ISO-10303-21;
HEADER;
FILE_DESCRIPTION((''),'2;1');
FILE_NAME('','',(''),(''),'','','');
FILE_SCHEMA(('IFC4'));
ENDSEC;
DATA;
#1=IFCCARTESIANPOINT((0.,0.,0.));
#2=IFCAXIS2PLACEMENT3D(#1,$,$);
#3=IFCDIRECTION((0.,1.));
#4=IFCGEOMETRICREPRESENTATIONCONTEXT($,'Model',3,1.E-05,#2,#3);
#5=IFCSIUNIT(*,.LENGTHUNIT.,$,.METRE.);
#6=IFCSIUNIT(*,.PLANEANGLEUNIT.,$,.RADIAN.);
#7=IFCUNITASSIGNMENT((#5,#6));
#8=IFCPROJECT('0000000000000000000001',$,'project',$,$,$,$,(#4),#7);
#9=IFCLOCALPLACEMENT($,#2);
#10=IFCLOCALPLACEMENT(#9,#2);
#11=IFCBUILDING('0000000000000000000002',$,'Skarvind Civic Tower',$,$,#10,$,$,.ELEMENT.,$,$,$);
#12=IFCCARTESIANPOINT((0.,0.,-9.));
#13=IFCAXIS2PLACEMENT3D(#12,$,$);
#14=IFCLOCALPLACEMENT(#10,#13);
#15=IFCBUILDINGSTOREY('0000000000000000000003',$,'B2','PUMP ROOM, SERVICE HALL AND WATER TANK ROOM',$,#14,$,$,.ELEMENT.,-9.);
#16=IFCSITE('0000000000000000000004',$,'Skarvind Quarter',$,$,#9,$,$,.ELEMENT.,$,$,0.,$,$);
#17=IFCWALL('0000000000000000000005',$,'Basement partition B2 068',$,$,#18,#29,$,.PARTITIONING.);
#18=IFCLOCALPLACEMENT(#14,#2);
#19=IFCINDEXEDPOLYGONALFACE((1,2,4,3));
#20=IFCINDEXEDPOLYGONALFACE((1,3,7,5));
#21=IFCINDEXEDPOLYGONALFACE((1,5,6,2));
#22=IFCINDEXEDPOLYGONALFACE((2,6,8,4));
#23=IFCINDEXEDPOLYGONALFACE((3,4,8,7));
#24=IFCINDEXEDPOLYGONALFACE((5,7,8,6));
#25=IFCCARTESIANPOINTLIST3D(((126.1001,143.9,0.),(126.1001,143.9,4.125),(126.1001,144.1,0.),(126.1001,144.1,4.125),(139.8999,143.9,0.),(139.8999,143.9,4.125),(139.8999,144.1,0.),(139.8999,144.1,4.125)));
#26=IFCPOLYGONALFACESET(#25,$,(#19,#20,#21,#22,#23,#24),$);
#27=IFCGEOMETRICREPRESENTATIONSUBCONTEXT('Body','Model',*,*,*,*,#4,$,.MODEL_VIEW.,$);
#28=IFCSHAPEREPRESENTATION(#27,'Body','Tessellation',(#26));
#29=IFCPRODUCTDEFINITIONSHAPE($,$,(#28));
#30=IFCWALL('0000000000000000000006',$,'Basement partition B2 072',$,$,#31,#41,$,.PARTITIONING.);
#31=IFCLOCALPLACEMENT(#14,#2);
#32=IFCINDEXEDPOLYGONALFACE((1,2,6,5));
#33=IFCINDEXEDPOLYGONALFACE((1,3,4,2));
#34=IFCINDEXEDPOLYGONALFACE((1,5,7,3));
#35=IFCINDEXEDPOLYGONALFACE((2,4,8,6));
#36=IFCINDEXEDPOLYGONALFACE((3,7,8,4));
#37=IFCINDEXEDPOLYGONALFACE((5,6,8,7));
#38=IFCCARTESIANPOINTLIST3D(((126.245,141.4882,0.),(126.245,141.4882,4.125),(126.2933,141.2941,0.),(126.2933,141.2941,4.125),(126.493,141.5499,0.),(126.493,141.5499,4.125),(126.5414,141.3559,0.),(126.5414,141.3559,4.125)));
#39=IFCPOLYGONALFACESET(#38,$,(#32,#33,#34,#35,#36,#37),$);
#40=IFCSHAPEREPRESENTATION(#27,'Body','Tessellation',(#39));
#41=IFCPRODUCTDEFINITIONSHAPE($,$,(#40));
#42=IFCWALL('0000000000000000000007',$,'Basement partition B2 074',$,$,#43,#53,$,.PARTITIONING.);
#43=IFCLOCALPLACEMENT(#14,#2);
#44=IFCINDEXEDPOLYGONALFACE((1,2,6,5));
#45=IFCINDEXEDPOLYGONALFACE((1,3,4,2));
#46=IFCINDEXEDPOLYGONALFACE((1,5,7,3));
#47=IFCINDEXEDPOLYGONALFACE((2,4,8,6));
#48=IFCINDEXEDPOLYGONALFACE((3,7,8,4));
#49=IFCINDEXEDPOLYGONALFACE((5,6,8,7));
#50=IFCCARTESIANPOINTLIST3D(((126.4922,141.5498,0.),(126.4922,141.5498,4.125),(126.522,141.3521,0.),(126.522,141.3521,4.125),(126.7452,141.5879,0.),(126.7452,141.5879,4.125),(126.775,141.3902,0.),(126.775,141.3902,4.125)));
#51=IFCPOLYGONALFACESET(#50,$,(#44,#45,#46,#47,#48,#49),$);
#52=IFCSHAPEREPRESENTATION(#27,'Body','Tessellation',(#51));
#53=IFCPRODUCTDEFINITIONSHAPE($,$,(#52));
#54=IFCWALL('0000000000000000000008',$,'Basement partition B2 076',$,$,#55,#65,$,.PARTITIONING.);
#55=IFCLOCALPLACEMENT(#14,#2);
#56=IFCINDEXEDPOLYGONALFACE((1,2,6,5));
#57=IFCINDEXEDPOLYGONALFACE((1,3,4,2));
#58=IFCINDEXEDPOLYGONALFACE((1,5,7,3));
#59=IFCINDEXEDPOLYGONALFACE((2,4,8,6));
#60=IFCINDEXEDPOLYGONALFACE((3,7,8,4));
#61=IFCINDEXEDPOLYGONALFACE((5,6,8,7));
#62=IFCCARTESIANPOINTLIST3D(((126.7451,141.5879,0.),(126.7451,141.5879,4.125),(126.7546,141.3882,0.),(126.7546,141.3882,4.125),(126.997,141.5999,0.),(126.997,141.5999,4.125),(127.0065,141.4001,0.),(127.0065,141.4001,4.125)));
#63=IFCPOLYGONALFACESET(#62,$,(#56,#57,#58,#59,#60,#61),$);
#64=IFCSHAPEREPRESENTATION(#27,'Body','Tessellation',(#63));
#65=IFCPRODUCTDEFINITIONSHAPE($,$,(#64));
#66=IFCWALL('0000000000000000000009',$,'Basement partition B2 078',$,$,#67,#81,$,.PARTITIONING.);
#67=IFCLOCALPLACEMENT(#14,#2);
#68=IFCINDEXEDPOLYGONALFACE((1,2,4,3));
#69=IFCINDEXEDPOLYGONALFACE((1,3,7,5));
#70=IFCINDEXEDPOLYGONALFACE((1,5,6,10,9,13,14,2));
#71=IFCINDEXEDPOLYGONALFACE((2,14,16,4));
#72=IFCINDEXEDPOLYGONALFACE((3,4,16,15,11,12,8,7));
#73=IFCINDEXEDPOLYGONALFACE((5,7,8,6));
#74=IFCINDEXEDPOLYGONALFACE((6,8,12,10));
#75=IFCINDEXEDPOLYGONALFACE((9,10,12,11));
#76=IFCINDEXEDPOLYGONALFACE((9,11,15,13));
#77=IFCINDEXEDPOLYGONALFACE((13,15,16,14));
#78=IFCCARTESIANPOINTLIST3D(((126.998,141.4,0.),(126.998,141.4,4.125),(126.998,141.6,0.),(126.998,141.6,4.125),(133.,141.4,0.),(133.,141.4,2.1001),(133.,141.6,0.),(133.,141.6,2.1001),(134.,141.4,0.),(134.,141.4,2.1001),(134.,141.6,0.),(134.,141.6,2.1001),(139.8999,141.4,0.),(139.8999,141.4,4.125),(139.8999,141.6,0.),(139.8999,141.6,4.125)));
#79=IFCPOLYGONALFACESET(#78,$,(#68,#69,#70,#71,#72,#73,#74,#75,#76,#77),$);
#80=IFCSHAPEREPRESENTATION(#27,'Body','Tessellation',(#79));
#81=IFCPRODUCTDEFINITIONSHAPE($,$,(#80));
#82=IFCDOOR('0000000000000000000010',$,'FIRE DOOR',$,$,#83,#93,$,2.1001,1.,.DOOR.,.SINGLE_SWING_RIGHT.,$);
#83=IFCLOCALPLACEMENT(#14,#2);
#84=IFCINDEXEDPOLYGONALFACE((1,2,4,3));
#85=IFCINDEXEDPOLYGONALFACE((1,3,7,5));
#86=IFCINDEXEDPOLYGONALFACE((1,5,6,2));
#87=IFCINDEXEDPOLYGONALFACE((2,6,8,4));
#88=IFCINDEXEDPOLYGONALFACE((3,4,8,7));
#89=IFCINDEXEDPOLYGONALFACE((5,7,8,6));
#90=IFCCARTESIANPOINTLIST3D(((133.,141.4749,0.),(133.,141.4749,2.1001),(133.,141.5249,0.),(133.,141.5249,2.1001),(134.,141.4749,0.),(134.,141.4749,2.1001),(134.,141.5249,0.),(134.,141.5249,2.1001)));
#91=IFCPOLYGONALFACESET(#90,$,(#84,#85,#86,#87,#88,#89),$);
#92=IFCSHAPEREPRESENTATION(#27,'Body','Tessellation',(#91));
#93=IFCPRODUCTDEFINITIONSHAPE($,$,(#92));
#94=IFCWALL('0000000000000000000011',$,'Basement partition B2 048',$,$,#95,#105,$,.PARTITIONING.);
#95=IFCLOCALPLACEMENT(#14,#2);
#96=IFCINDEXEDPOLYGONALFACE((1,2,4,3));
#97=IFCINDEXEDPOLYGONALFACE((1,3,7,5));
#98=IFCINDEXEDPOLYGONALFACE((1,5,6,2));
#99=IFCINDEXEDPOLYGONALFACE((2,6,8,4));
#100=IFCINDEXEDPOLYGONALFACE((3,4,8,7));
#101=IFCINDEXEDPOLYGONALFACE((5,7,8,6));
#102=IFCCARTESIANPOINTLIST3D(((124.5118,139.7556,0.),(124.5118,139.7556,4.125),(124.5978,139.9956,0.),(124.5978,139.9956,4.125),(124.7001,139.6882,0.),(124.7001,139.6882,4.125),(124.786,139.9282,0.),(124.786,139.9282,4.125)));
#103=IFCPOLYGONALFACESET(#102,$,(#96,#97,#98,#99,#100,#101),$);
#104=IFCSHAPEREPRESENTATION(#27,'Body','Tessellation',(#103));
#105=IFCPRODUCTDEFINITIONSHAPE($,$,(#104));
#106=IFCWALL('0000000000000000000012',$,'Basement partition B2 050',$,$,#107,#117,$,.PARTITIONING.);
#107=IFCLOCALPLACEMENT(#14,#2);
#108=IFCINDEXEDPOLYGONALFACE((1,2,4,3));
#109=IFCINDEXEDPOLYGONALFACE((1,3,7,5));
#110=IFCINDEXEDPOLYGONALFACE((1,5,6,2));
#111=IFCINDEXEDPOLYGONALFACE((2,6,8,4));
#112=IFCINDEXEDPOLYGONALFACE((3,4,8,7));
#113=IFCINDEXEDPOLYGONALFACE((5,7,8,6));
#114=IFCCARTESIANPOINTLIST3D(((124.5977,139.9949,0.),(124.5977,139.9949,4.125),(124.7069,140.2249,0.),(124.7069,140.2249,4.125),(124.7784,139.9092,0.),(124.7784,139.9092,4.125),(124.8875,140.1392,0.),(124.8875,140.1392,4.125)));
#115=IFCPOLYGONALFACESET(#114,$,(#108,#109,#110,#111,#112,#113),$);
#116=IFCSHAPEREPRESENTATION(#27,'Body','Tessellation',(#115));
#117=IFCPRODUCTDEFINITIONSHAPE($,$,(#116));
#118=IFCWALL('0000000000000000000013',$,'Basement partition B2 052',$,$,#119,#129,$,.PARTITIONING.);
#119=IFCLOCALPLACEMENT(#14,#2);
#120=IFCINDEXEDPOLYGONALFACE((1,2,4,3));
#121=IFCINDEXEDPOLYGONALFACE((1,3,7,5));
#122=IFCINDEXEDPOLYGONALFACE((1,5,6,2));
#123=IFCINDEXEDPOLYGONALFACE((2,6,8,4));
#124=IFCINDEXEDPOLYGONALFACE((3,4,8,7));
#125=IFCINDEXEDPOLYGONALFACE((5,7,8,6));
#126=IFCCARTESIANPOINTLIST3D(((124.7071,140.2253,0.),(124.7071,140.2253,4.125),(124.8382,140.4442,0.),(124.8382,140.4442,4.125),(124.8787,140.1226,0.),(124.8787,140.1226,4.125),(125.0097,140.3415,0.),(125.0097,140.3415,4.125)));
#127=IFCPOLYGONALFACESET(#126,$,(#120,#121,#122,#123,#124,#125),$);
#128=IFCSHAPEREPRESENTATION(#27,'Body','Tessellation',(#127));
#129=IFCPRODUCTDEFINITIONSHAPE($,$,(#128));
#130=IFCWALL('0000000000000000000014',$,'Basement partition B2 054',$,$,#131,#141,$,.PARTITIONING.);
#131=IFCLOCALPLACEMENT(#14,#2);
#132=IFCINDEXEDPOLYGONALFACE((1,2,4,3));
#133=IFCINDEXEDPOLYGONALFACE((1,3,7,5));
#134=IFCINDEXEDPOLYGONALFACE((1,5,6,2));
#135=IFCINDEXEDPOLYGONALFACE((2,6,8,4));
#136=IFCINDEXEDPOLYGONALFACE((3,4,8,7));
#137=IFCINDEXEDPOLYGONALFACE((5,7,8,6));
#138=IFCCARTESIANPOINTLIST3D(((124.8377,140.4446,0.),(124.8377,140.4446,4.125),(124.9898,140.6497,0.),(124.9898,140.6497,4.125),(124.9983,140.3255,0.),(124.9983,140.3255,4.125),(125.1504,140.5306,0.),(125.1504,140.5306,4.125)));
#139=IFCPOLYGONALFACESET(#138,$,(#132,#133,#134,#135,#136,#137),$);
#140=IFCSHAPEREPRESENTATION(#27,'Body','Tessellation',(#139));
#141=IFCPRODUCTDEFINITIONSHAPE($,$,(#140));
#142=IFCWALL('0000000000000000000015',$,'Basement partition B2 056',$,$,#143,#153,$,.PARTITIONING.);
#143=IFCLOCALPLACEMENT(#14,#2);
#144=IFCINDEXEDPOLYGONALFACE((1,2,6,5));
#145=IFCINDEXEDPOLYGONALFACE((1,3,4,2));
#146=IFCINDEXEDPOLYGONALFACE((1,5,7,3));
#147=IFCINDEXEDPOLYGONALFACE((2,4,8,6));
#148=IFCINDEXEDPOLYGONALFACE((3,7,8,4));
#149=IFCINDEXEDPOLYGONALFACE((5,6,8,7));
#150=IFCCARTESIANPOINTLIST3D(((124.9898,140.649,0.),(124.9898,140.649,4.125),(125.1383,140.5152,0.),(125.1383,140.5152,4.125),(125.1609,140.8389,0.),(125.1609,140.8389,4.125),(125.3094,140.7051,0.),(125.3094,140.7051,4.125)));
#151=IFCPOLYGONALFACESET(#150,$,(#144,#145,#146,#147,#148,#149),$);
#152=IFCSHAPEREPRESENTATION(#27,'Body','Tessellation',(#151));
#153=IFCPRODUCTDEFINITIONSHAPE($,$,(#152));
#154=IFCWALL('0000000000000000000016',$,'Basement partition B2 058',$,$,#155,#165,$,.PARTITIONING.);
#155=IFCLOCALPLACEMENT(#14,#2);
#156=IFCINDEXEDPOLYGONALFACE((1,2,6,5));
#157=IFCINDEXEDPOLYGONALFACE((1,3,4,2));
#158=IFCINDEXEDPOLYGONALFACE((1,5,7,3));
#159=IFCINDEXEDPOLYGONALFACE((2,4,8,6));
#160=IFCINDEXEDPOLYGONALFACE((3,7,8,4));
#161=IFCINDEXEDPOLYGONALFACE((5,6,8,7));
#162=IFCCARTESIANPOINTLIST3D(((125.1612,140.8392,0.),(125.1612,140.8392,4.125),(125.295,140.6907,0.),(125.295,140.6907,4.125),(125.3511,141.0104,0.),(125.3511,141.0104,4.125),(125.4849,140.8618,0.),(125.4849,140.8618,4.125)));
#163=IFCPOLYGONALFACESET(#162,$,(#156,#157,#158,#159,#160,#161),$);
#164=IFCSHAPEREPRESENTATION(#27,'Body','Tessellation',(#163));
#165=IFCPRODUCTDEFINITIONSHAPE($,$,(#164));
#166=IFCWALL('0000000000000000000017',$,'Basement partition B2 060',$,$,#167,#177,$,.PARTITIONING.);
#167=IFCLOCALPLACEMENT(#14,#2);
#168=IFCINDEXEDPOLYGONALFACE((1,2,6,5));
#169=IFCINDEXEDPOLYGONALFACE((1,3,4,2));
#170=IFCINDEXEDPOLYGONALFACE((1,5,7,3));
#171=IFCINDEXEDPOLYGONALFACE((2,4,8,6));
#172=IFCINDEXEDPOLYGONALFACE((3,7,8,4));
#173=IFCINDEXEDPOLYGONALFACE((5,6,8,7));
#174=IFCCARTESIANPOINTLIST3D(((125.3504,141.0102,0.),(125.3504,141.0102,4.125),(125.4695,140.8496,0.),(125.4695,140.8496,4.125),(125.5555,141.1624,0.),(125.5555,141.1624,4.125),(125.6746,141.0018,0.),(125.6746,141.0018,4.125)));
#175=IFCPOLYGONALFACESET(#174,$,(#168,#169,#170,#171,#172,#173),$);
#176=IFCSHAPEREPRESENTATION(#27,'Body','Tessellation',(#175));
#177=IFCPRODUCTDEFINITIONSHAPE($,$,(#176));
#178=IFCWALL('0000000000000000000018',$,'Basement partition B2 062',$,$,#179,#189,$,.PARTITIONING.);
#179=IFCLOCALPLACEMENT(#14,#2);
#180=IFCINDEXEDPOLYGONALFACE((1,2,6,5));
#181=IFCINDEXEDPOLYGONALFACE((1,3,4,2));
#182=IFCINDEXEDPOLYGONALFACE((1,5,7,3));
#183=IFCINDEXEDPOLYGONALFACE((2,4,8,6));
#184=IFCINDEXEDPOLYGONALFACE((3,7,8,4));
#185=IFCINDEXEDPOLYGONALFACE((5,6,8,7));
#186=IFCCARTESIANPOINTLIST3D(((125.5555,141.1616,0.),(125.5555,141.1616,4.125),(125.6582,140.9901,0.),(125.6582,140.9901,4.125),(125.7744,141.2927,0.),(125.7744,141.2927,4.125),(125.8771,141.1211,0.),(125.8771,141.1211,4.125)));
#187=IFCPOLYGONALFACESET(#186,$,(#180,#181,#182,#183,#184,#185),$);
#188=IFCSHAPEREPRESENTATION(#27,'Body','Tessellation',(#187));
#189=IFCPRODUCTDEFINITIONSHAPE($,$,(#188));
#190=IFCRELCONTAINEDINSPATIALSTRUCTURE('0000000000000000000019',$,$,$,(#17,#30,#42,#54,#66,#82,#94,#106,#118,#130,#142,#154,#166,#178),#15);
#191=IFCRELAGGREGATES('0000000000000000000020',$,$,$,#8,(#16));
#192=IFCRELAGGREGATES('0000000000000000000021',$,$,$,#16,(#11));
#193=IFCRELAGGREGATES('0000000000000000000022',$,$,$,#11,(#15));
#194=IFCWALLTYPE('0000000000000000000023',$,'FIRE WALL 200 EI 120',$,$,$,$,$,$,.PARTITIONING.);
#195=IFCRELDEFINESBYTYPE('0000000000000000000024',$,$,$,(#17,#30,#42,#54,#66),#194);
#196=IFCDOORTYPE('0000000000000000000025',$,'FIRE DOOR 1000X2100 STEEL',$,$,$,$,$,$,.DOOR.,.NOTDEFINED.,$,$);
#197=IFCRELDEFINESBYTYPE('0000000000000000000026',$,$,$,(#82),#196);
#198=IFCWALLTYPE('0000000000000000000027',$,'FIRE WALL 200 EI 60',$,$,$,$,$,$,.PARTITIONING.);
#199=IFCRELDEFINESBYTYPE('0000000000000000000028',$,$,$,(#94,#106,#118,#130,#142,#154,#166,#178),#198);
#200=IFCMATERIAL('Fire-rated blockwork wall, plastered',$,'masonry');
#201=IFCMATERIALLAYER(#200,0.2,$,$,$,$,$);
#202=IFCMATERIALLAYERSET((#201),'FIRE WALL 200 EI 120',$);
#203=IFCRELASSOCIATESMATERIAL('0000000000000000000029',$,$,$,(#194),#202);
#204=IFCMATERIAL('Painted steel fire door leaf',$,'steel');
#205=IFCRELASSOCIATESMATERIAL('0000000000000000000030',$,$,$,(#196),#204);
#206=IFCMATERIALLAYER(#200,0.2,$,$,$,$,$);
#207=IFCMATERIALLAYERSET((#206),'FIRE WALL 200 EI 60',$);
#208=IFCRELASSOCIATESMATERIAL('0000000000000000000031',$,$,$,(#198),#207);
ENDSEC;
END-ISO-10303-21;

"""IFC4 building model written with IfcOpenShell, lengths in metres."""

from ifc_helpers import new_model, si_unit, direction, frame, frame_2d, origin, place, context, subcontext, project, spatial, rectangle, extrude, material, layer, layer_set, type_object, element, fill, save


model = new_model("IFC4")

# Units and contexts
model_context = context("Model", 3, precision=1e-05, world=origin(), true_north=direction((0.0, 1.0)))
body_context = subcontext(model_context, "Body", "Model", "MODEL_VIEW")
ifc_project = project(units=[si_unit("LENGTHUNIT", "METRE"), si_unit("PLANEANGLEUNIT", "RADIAN")], contexts=[model_context])

# Site, building, storey
site_placement = place(None, origin())
site = spatial("IfcSite", under=ifc_project, at=site_placement, Name="Skarvind Quarter", CompositionType="ELEMENT", RefElevation=0.0)
building_placement = place(site_placement, origin())
building = spatial("IfcBuilding", under=site, at=building_placement, Name="Skarvind Civic Tower", CompositionType="ELEMENT")
storey_placement = place(building_placement, frame((0.0, 0.0, -9.0)))
storey = spatial("IfcBuildingStorey", under=building, at=storey_placement, Name="B2", Description="PUMP ROOM, SERVICE HALL AND WATER TANK ROOM", CompositionType="ELEMENT", Elevation=-9.0)

# Walls
ifc_material_1 = material(Name="Fire-rated blockwork wall, plastered", Category="masonry")
ifc_layer_1 = layer(ifc_material_1, 0.2)
ifc_layer_set_1 = layer_set([ifc_layer_1], Name="FIRE WALL 200 EI 120")
wall_type_1 = type_object("IfcWallType", Name="FIRE WALL 200 EI 120", PredefinedType="PARTITIONING", material=ifc_layer_set_1)
wall_1_placement = place(storey_placement, frame((126.1001, 144.0, 0.0), z_axis=(0.0, 0.0, 1.0), x_axis=(1.0, 0.0, 0.0)))
element("IfcWall", 1, at=wall_1_placement, inside=storey, type_object=wall_type_1, Name="Basement partition B2 068", PredefinedType="PARTITIONING", context=body_context, shape_type="SweptSolid", body=[
    extrude(rectangle(XDim=13.7998, YDim=0.2, at=frame_2d((6.8999, 0.0))), origin(), (0.0, 0.0, 1.0), 4.125),
])
wall_2_placement = place(storey_placement, frame((126.269, 141.3911, 0.0), z_axis=(0.0, 0.0, 1.0), x_axis=(0.970367, 0.241637, 0.0)))
element("IfcWall", 2, at=wall_2_placement, inside=storey, type_object=wall_type_1, Name="Basement partition B2 072", PredefinedType="PARTITIONING", context=body_context, shape_type="SweptSolid", body=[
    extrude(rectangle(XDim=0.2556, YDim=0.2, at=frame_2d((0.1279, 0.0))), origin(), (0.0, 0.0, 1.0), 4.125),
])
wall_3_placement = place(storey_placement, frame((126.5071, 141.4509, 0.0), z_axis=(0.0, 0.0, 1.0), x_axis=(0.988852, 0.148901, 0.0)))
element("IfcWall", 3, at=wall_3_placement, inside=storey, type_object=wall_type_1, Name="Basement partition B2 074", PredefinedType="PARTITIONING", context=body_context, shape_type="SweptSolid", body=[
    extrude(rectangle(XDim=0.2559, YDim=0.2, at=frame_2d((0.1279, 0.0))), origin(), (0.0, 0.0, 1.0), 4.125),
])
wall_4_placement = place(storey_placement, frame((126.75, 141.488, 0.0), z_axis=(0.0, 0.0, 1.0), x_axis=(0.998875, 0.047427, 0.0)))
element("IfcWall", 4, at=wall_4_placement, inside=storey, type_object=wall_type_1, Name="Basement partition B2 076", PredefinedType="PARTITIONING", context=body_context, shape_type="SweptSolid", body=[
    extrude(rectangle(XDim=0.2522, YDim=0.2, at=frame_2d((0.126, 0.0))), origin(), (0.0, 0.0, 1.0), 4.125),
])

# Wall, opening, door
wall_5_placement = place(storey_placement, frame((126.998, 141.5, 0.0), z_axis=(0.0, 0.0, 1.0), x_axis=(1.0, 0.0, 0.0)))
wall_5 = element("IfcWall", 5, at=wall_5_placement, inside=storey, type_object=wall_type_1, Name="Basement partition B2 078", PredefinedType="PARTITIONING", context=body_context, shape_type="SweptSolid", body=[
    extrude(rectangle(XDim=12.9019, YDim=0.2, at=frame_2d((6.4509, 0.0))), origin(), (0.0, 0.0, 1.0), 4.125),
])
opening_placement = place(wall_5_placement, frame((6.002, 0.0, 0.0)))
opening = element("IfcOpeningElement", 6, at=opening_placement, cuts=wall_5, PredefinedType="OPENING", context=body_context, shape_type="SweptSolid", body=[
    extrude(rectangle(XDim=1.0, YDim=2.1001, at=frame_2d((0.5, 1.05))), frame((0.0, 0.1099, 0.0), z_axis=(0.0, -1.0, 0.0), x_axis=(1.0, 0.0, 0.0)), (0.0, 0.0, 1.0), 0.22),
])
ifc_material_2 = material(Name="Painted steel fire door leaf", Category="steel")
door_type = type_object("IfcDoorType", Name="FIRE DOOR 1000X2100 STEEL", OperationType="NOTDEFINED", PredefinedType="DOOR", material=ifc_material_2)
door_placement = place(opening_placement, origin())
door = element("IfcDoor", 7, at=door_placement, inside=storey, type_object=door_type, Name="FIRE DOOR", OperationType="SINGLE_SWING_RIGHT", OverallHeight=2.1001, OverallWidth=1.0, PredefinedType="DOOR", context=body_context, shape_type="SweptSolid", body=[
    extrude(rectangle(XDim=1.0, YDim=2.1001, at=frame_2d((0.5, 1.05))), frame((0.0, 0.0249, 0.0), z_axis=(0.0, -1.0, 0.0), x_axis=(1.0, 0.0, 0.0)), (0.0, 0.0, 1.0), 0.05),
])
fill(opening, door)

# Walls
ifc_layer_2 = layer(ifc_material_1, 0.2)
ifc_layer_set_2 = layer_set([ifc_layer_2], Name="FIRE WALL 200 EI 60")
wall_type_2 = type_object("IfcWallType", Name="FIRE WALL 200 EI 60", PredefinedType="PARTITIONING", material=ifc_layer_set_2)
wall_6_placement = place(storey_placement, frame((124.606, 139.7219, 0.0), z_axis=(0.0, 0.0, 1.0), x_axis=(0.337125, 0.94146, 0.0)))
element("IfcWall", 8, at=wall_6_placement, inside=storey, type_object=wall_type_2, Name="Basement partition B2 048", PredefinedType="PARTITIONING", context=body_context, shape_type="SweptSolid", body=[
    extrude(rectangle(XDim=0.2549, YDim=0.2, at=frame_2d((0.1274, 0.0))), origin(), (0.0, 0.0, 1.0), 4.125),
])
wall_7_placement = place(storey_placement, frame((124.688, 139.9519, 0.0), z_axis=(0.0, 0.0, 1.0), x_axis=(0.428705, 0.903445, 0.0)))
element("IfcWall", 9, at=wall_7_placement, inside=storey, type_object=wall_type_2, Name="Basement partition B2 050", PredefinedType="PARTITIONING", context=body_context, shape_type="SweptSolid", body=[
    extrude(rectangle(XDim=0.2546, YDim=0.2, at=frame_2d((0.1274, 0.0))), origin(), (0.0, 0.0, 1.0), 4.125),
])
wall_8_placement = place(storey_placement, frame((124.793, 140.1741, 0.0), z_axis=(0.0, 0.0, 1.0), x_axis=(0.513652, 0.857999, 0.0)))
element("IfcWall", 10, at=wall_8_placement, inside=storey, type_object=wall_type_2, Name="Basement partition B2 052", PredefinedType="PARTITIONING", context=body_context, shape_type="SweptSolid", body=[
    extrude(rectangle(XDim=0.2551, YDim=0.2, at=frame_2d((0.1274, 0.0))), origin(), (0.0, 0.0, 1.0), 4.125),
])
wall_9_placement = place(storey_placement, frame((124.918, 140.385, 0.0), z_axis=(0.0, 0.0, 1.0), x_axis=(0.595708, 0.803201, 0.0)))
element("IfcWall", 11, at=wall_9_placement, inside=storey, type_object=wall_type_2, Name="Basement partition B2 054", PredefinedType="PARTITIONING", context=body_context, shape_type="SweptSolid", body=[
    extrude(rectangle(XDim=0.2554, YDim=0.2, at=frame_2d((0.1277, 0.0))), origin(), (0.0, 0.0, 1.0), 4.125),
])
for number, where, z_axis, x_axis, name in (
    (12, (125.064, 140.582, 0.0), (0.0, 0.0, 1.0), (0.669387, 0.742914, 0.0), "Basement partition B2 056"),
    (13, (125.228, 140.7649, 0.0), (0.0, 0.0, 1.0), (0.742914, 0.669387, 0.0), "Basement partition B2 058"),
):
    element("IfcWall", number, at=place(storey_placement, frame(where, z_axis=z_axis, x_axis=x_axis)), inside=storey, type_object=wall_type_2, Name=name, PredefinedType="PARTITIONING", context=body_context, shape_type="SweptSolid", body=[
        extrude(rectangle(XDim=0.2556, YDim=0.2, at=frame_2d((0.1279, 0.0))), origin(), (0.0, 0.0, 1.0), 4.125),
    ])
wall_10_placement = place(storey_placement, frame((125.4099, 140.9299, 0.0), z_axis=(0.0, 0.0, 1.0), x_axis=(0.803201, 0.595708, 0.0)))
element("IfcWall", 14, at=wall_10_placement, inside=storey, type_object=wall_type_2, Name="Basement partition B2 060", PredefinedType="PARTITIONING", context=body_context, shape_type="SweptSolid", body=[
    extrude(rectangle(XDim=0.2554, YDim=0.2, at=frame_2d((0.1277, 0.0))), origin(), (0.0, 0.0, 1.0), 4.125),
])
wall_11_placement = place(storey_placement, frame((125.6069, 141.0759, 0.0), z_axis=(0.0, 0.0, 1.0), x_axis=(0.857999, 0.513652, 0.0)))
element("IfcWall", 15, at=wall_11_placement, inside=storey, type_object=wall_type_2, Name="Basement partition B2 062", PredefinedType="PARTITIONING", context=body_context, shape_type="SweptSolid", body=[
    extrude(rectangle(XDim=0.2551, YDim=0.2, at=frame_2d((0.1274, 0.0))), origin(), (0.0, 0.0, 1.0), 4.125),
])

save(model, "model.ifc")
